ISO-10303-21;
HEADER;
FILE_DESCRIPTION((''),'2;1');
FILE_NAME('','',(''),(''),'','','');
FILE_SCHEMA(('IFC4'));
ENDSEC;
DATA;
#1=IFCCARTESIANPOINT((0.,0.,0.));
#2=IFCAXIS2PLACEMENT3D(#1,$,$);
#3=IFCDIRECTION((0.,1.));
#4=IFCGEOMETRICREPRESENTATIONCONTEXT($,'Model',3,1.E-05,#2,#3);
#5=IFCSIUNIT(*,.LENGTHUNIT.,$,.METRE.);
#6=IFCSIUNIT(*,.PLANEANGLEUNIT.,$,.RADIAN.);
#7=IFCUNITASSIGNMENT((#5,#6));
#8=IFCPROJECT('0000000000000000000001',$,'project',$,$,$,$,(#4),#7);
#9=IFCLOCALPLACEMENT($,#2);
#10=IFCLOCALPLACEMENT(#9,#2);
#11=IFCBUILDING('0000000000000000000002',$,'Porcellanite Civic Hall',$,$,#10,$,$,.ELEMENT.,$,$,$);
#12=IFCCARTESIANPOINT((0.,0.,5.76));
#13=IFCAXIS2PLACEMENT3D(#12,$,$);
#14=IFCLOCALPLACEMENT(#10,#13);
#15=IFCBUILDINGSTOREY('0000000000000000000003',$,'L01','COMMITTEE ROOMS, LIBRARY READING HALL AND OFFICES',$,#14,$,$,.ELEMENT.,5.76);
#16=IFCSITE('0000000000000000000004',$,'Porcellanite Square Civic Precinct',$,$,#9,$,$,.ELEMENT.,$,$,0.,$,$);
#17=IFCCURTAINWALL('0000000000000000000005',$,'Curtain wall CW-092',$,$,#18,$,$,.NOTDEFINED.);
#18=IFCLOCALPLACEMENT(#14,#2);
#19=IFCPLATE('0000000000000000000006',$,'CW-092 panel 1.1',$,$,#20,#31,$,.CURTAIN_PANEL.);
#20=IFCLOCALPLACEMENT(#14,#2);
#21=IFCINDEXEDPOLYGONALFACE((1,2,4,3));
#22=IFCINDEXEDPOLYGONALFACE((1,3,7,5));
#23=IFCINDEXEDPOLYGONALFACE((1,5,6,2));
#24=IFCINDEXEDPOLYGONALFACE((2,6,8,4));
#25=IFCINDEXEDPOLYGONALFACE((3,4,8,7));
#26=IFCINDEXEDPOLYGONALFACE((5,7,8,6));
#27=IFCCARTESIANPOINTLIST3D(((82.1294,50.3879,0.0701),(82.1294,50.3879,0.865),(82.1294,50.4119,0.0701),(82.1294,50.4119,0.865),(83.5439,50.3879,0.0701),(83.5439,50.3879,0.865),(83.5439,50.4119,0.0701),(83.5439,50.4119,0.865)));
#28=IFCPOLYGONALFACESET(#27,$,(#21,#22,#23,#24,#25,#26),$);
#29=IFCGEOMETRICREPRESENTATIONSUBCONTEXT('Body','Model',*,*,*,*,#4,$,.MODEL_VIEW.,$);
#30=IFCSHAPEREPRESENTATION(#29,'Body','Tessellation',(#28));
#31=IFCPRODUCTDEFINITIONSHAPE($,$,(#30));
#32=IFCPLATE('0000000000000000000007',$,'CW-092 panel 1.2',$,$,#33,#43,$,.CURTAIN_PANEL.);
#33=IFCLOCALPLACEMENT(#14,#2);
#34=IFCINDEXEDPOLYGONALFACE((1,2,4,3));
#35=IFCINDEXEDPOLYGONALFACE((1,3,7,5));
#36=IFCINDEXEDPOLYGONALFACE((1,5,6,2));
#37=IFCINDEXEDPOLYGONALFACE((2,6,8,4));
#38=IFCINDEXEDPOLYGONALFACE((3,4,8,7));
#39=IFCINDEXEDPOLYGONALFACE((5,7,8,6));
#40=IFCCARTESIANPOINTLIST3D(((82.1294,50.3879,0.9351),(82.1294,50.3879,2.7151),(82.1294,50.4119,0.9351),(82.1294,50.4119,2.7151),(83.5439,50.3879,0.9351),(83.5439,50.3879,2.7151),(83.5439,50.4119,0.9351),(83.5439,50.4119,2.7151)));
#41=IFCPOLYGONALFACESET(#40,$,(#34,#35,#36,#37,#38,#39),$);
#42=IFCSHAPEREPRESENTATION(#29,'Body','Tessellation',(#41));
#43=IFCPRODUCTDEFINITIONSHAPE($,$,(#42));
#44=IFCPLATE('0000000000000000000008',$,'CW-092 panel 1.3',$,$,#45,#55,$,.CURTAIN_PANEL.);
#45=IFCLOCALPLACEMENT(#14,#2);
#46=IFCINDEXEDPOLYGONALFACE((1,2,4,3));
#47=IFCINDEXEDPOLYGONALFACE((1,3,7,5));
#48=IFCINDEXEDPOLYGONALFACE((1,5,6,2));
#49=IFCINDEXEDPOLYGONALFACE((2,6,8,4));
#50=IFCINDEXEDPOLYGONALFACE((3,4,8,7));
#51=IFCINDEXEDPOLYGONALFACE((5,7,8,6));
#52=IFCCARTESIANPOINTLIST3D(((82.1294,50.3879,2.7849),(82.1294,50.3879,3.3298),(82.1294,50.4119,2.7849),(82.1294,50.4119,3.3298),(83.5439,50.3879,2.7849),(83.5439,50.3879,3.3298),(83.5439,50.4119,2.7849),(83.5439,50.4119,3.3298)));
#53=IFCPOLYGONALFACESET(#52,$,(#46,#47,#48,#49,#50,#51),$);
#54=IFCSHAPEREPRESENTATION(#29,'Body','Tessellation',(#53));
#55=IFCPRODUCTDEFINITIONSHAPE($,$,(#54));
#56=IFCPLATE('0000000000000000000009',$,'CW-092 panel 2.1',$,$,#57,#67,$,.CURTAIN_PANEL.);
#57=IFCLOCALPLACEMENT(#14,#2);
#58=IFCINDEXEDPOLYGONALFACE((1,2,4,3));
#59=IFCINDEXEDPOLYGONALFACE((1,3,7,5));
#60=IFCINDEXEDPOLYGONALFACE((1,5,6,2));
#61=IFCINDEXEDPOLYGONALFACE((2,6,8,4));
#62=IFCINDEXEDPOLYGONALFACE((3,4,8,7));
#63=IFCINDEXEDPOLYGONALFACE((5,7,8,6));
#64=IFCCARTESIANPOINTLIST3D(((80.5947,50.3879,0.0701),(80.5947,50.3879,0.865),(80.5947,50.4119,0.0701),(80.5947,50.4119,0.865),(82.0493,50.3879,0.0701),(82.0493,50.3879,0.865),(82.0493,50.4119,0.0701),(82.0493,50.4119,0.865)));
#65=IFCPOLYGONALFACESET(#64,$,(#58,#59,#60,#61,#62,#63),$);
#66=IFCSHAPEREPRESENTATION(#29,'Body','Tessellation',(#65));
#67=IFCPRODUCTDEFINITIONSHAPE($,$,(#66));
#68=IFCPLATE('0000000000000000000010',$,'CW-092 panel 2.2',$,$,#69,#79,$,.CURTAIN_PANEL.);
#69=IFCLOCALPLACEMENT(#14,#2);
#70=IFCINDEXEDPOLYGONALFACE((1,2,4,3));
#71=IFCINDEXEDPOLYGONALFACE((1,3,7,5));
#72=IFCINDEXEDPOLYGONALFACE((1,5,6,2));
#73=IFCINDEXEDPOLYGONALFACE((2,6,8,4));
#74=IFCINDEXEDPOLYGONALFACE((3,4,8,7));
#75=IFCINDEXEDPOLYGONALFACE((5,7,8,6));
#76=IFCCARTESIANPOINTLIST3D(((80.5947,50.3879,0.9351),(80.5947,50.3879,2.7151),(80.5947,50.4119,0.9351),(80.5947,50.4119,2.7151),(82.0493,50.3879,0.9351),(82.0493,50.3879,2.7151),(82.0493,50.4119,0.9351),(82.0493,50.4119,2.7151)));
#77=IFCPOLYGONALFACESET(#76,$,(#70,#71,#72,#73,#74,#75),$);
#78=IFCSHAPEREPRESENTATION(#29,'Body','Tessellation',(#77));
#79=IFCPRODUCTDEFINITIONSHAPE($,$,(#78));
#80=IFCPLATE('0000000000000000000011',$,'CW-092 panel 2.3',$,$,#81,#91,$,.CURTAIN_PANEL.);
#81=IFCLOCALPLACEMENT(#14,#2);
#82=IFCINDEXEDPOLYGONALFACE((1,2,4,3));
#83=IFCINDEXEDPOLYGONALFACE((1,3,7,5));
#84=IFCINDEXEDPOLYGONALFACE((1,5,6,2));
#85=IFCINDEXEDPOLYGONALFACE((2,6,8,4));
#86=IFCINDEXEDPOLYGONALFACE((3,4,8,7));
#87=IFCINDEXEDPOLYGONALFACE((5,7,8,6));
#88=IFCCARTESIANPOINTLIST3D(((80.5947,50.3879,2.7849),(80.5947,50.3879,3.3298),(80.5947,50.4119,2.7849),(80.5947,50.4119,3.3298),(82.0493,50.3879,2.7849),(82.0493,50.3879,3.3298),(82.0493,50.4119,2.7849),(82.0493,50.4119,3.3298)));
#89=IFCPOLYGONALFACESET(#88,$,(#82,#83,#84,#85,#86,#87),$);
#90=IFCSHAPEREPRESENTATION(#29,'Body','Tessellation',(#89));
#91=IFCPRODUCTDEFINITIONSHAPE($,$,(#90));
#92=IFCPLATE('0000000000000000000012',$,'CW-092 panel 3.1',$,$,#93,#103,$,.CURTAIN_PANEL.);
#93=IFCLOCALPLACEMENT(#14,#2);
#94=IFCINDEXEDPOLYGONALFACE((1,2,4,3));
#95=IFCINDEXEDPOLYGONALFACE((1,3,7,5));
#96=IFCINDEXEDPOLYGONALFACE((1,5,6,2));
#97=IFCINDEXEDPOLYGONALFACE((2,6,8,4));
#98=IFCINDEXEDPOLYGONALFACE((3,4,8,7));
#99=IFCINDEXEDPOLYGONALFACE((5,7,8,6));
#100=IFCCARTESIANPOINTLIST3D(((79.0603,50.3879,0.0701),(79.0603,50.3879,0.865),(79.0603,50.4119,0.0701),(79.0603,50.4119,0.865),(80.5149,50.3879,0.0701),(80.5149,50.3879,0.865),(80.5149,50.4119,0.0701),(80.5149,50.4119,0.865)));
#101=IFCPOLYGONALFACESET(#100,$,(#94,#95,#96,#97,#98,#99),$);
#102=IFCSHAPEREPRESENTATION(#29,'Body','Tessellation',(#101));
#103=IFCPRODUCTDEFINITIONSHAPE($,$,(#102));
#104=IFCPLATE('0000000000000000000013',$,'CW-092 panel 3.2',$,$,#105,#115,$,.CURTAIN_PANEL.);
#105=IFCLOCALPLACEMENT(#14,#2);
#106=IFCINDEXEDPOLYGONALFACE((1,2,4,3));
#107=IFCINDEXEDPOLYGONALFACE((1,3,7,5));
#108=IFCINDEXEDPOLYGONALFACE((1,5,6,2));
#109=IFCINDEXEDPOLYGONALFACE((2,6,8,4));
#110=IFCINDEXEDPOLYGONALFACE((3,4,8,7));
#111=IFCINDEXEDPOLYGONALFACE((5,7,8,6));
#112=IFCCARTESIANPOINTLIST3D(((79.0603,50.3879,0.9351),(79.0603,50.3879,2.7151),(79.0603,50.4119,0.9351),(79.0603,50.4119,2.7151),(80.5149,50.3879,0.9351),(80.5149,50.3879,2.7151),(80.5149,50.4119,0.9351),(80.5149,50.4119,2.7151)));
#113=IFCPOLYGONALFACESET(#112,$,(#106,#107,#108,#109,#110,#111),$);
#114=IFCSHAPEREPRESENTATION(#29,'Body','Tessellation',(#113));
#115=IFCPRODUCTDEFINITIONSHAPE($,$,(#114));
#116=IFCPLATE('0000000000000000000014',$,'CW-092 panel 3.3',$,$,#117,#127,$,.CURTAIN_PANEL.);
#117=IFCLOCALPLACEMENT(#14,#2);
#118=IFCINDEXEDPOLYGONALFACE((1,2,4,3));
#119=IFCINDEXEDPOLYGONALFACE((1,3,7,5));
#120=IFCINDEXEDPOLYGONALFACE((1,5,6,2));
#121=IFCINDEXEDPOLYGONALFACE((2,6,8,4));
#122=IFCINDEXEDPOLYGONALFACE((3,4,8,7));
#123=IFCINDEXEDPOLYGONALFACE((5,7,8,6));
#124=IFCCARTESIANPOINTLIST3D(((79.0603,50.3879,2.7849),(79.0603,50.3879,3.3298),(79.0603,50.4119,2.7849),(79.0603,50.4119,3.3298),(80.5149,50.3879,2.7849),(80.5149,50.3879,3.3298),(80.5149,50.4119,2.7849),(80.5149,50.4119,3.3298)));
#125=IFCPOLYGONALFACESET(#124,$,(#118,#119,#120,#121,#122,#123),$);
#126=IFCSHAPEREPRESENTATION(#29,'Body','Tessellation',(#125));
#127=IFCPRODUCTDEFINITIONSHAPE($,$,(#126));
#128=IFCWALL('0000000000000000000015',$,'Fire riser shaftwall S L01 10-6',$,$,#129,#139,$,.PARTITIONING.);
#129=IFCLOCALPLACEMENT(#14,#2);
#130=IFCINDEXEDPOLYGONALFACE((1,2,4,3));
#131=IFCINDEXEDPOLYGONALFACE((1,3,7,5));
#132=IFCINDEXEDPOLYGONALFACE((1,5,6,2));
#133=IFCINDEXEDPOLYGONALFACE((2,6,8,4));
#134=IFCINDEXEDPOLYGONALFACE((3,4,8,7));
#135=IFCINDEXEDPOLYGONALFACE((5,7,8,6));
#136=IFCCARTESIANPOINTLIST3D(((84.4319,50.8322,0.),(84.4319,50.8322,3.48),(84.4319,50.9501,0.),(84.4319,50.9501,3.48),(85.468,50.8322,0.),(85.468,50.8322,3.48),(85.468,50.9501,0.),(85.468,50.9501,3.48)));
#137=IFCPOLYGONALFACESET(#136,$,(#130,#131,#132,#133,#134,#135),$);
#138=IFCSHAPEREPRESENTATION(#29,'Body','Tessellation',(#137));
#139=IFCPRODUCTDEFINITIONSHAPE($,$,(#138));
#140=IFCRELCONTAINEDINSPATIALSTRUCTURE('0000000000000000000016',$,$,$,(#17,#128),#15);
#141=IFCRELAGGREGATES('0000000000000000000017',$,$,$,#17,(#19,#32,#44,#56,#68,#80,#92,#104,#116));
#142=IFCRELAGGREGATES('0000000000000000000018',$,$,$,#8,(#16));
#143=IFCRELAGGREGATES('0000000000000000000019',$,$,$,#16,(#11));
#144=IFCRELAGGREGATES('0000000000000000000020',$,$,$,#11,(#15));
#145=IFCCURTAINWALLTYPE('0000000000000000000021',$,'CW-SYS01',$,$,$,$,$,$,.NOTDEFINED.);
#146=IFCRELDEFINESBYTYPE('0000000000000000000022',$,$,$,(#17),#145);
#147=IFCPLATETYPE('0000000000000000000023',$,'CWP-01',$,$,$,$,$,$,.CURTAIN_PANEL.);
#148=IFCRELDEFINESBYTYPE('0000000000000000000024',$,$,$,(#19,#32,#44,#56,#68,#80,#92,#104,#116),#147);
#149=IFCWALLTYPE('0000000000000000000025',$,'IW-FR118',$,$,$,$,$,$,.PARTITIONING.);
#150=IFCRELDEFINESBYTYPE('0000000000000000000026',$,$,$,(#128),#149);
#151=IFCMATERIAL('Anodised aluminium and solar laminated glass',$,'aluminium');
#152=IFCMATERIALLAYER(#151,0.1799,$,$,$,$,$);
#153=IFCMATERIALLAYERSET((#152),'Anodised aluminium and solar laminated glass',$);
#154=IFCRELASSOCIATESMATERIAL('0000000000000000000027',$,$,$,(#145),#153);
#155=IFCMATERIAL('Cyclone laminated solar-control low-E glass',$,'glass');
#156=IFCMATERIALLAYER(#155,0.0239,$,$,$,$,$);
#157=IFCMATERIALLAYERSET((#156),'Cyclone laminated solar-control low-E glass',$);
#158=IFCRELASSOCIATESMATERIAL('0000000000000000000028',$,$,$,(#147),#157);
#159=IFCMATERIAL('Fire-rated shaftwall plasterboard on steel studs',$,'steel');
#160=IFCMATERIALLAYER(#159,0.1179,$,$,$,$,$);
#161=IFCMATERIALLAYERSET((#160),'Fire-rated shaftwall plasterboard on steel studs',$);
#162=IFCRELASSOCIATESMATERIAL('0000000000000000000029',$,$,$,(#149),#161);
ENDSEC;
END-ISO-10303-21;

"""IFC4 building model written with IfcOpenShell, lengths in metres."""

from ifc_helpers import new_model, si_unit, direction, frame, frame_2d, origin, origin_2d, place, context, subcontext, project, spatial, rectangle, extrude, material, layer, layer_set, type_object, element, aggregate, save


model = new_model("IFC4")

# Units and contexts
model_context = context("Model", 3, precision=1e-05, world=origin(), true_north=direction((0.0, 1.0)))
body_context = subcontext(model_context, "Body", "Model", "MODEL_VIEW")
ifc_project = project(units=[si_unit("LENGTHUNIT", "METRE"), si_unit("PLANEANGLEUNIT", "RADIAN")], contexts=[model_context])

# Site, building, storey
site_placement = place(None, origin())
site = spatial("IfcSite", under=ifc_project, at=site_placement, Name="Porcellanite Square Civic Precinct", CompositionType="ELEMENT", RefElevation=0.0)
building_placement = place(site_placement, origin())
building = spatial("IfcBuilding", under=site, at=building_placement, Name="Porcellanite Civic Hall", CompositionType="ELEMENT")
storey_placement = place(building_placement, frame((0.0, 0.0, 5.76)))
storey = spatial("IfcBuildingStorey", under=building, at=storey_placement, Name="L01", Description="COMMITTEE ROOMS, LIBRARY READING HALL AND OFFICES", CompositionType="ELEMENT", Elevation=5.76)

# Curtain wall
ifc_material_1 = material(Name="Anodised aluminium and solar laminated glass", Category="aluminium")
ifc_layer_1 = layer(ifc_material_1, 0.1799)
ifc_layer_set_1 = layer_set([ifc_layer_1], Name="Anodised aluminium and solar laminated glass")
curtain_wall_type = type_object("IfcCurtainWallType", Name="CW-SYS01", PredefinedType="NOTDEFINED", material=ifc_layer_set_1)
curtain_wall_placement = place(storey_placement, origin())
curtain_wall = element("IfcCurtainWall", 1, at=curtain_wall_placement, inside=storey, type_object=curtain_wall_type, Name="Curtain wall CW-092", PredefinedType="NOTDEFINED")

# Plates
ifc_material_2 = material(Name="Cyclone laminated solar-control low-E glass", Category="glass")
ifc_layer_2 = layer(ifc_material_2, 0.0239)
ifc_layer_set_2 = layer_set([ifc_layer_2], Name="Cyclone laminated solar-control low-E glass")
plate_type = type_object("IfcPlateType", Name="CWP-01", PredefinedType="CURTAIN_PANEL", material=ifc_layer_set_2)
plate_1_placement = place(storey_placement, frame((82.8367, 50.3999, 0.0701), z_axis=(0.0, 0.0, 1.0), x_axis=(-1.0, 0.0, 0.0)))
plate_1 = element("IfcPlate", 2, at=plate_1_placement, type_object=plate_type, Name="CW-092 panel 1.1", PredefinedType="CURTAIN_PANEL", context=body_context, shape_type="SweptSolid", body=[
    extrude(rectangle(XDim=1.4146, YDim=0.0239, at=origin_2d()), origin(), (0.0, 0.0, 1.0), 0.7949),
])
plate_2_placement = place(storey_placement, frame((82.8367, 50.3999, 0.9351), z_axis=(0.0, 0.0, 1.0), x_axis=(-1.0, 0.0, 0.0)))
plate_2 = element("IfcPlate", 3, at=plate_2_placement, type_object=plate_type, Name="CW-092 panel 1.2", PredefinedType="CURTAIN_PANEL", context=body_context, shape_type="SweptSolid", body=[
    extrude(rectangle(XDim=1.4146, YDim=0.0239, at=origin_2d()), origin(), (0.0, 0.0, 1.0), 1.78),
])
plate_3_placement = place(storey_placement, frame((82.8367, 50.3999, 2.7849), z_axis=(0.0, 0.0, 1.0), x_axis=(-1.0, 0.0, 0.0)))
plate_3 = element("IfcPlate", 4, at=plate_3_placement, type_object=plate_type, Name="CW-092 panel 1.3", PredefinedType="CURTAIN_PANEL", context=body_context, shape_type="SweptSolid", body=[
    extrude(rectangle(XDim=1.4146, YDim=0.0239, at=origin_2d()), origin(), (0.0, 0.0, 1.0), 0.5449),
])
plate_4_placement = place(storey_placement, frame((81.322, 50.3999, 0.0701), z_axis=(0.0, 0.0, 1.0), x_axis=(-1.0, 0.0, 0.0)))
plate_4 = element("IfcPlate", 5, at=plate_4_placement, type_object=plate_type, Name="CW-092 panel 2.1", PredefinedType="CURTAIN_PANEL", context=body_context, shape_type="SweptSolid", body=[
    extrude(rectangle(XDim=1.4546, YDim=0.0239, at=origin_2d()), origin(), (0.0, 0.0, 1.0), 0.7949),
])
plate_5_placement = place(storey_placement, frame((81.322, 50.3999, 0.9351), z_axis=(0.0, 0.0, 1.0), x_axis=(-1.0, 0.0, 0.0)))
plate_5 = element("IfcPlate", 6, at=plate_5_placement, type_object=plate_type, Name="CW-092 panel 2.2", PredefinedType="CURTAIN_PANEL", context=body_context, shape_type="SweptSolid", body=[
    extrude(rectangle(XDim=1.4546, YDim=0.0239, at=origin_2d()), origin(), (0.0, 0.0, 1.0), 1.78),
])
plate_6_placement = place(storey_placement, frame((81.322, 50.3999, 2.7849), z_axis=(0.0, 0.0, 1.0), x_axis=(-1.0, 0.0, 0.0)))
plate_6 = element("IfcPlate", 7, at=plate_6_placement, type_object=plate_type, Name="CW-092 panel 2.3", PredefinedType="CURTAIN_PANEL", context=body_context, shape_type="SweptSolid", body=[
    extrude(rectangle(XDim=1.4546, YDim=0.0239, at=origin_2d()), origin(), (0.0, 0.0, 1.0), 0.5449),
])
plate_7_placement = place(storey_placement, frame((79.7876, 50.3999, 0.0701), z_axis=(0.0, 0.0, 1.0), x_axis=(-1.0, 0.0, 0.0)))
plate_7 = element("IfcPlate", 8, at=plate_7_placement, type_object=plate_type, Name="CW-092 panel 3.1", PredefinedType="CURTAIN_PANEL", context=body_context, shape_type="SweptSolid", body=[
    extrude(rectangle(XDim=1.4546, YDim=0.0239, at=origin_2d()), origin(), (0.0, 0.0, 1.0), 0.7949),
])
plate_8_placement = place(storey_placement, frame((79.7876, 50.3999, 0.9351), z_axis=(0.0, 0.0, 1.0), x_axis=(-1.0, 0.0, 0.0)))
plate_8 = element("IfcPlate", 9, at=plate_8_placement, type_object=plate_type, Name="CW-092 panel 3.2", PredefinedType="CURTAIN_PANEL", context=body_context, shape_type="SweptSolid", body=[
    extrude(rectangle(XDim=1.4546, YDim=0.0239, at=origin_2d()), origin(), (0.0, 0.0, 1.0), 1.78),
])
plate_9_placement = place(storey_placement, frame((79.7876, 50.3999, 2.7849), z_axis=(0.0, 0.0, 1.0), x_axis=(-1.0, 0.0, 0.0)))
plate_9 = element("IfcPlate", 10, at=plate_9_placement, type_object=plate_type, Name="CW-092 panel 3.3", PredefinedType="CURTAIN_PANEL", context=body_context, shape_type="SweptSolid", body=[
    extrude(rectangle(XDim=1.4546, YDim=0.0239, at=origin_2d()), origin(), (0.0, 0.0, 1.0), 0.5449),
])
aggregate(curtain_wall, [plate_1, plate_2, plate_3, plate_4, plate_5, plate_6, plate_7, plate_8, plate_9])

# Wall
ifc_material_3 = material(Name="Fire-rated shaftwall plasterboard on steel studs", Category="steel")
ifc_layer_3 = layer(ifc_material_3, 0.1179)
ifc_layer_set_3 = layer_set([ifc_layer_3], Name="Fire-rated shaftwall plasterboard on steel studs")
wall_type_1 = type_object("IfcWallType", Name="IW-FR118", PredefinedType="PARTITIONING", material=ifc_layer_set_3)
wall_1_placement = place(storey_placement, frame((84.4319, 50.8911, 0.0), z_axis=(0.0, 0.0, 1.0), x_axis=(1.0, 0.0, 0.0)))
element("IfcWall", 11, at=wall_1_placement, inside=storey, type_object=wall_type_1, Name="Fire riser shaftwall S L01 10-6", PredefinedType="PARTITIONING", context=body_context, shape_type="SweptSolid", body=[
    extrude(rectangle(XDim=1.0361, YDim=0.1179, at=frame_2d((0.5181, 0.0))), origin(), (0.0, 0.0, 1.0), 3.48),
])

save(model, "model.ifc")
